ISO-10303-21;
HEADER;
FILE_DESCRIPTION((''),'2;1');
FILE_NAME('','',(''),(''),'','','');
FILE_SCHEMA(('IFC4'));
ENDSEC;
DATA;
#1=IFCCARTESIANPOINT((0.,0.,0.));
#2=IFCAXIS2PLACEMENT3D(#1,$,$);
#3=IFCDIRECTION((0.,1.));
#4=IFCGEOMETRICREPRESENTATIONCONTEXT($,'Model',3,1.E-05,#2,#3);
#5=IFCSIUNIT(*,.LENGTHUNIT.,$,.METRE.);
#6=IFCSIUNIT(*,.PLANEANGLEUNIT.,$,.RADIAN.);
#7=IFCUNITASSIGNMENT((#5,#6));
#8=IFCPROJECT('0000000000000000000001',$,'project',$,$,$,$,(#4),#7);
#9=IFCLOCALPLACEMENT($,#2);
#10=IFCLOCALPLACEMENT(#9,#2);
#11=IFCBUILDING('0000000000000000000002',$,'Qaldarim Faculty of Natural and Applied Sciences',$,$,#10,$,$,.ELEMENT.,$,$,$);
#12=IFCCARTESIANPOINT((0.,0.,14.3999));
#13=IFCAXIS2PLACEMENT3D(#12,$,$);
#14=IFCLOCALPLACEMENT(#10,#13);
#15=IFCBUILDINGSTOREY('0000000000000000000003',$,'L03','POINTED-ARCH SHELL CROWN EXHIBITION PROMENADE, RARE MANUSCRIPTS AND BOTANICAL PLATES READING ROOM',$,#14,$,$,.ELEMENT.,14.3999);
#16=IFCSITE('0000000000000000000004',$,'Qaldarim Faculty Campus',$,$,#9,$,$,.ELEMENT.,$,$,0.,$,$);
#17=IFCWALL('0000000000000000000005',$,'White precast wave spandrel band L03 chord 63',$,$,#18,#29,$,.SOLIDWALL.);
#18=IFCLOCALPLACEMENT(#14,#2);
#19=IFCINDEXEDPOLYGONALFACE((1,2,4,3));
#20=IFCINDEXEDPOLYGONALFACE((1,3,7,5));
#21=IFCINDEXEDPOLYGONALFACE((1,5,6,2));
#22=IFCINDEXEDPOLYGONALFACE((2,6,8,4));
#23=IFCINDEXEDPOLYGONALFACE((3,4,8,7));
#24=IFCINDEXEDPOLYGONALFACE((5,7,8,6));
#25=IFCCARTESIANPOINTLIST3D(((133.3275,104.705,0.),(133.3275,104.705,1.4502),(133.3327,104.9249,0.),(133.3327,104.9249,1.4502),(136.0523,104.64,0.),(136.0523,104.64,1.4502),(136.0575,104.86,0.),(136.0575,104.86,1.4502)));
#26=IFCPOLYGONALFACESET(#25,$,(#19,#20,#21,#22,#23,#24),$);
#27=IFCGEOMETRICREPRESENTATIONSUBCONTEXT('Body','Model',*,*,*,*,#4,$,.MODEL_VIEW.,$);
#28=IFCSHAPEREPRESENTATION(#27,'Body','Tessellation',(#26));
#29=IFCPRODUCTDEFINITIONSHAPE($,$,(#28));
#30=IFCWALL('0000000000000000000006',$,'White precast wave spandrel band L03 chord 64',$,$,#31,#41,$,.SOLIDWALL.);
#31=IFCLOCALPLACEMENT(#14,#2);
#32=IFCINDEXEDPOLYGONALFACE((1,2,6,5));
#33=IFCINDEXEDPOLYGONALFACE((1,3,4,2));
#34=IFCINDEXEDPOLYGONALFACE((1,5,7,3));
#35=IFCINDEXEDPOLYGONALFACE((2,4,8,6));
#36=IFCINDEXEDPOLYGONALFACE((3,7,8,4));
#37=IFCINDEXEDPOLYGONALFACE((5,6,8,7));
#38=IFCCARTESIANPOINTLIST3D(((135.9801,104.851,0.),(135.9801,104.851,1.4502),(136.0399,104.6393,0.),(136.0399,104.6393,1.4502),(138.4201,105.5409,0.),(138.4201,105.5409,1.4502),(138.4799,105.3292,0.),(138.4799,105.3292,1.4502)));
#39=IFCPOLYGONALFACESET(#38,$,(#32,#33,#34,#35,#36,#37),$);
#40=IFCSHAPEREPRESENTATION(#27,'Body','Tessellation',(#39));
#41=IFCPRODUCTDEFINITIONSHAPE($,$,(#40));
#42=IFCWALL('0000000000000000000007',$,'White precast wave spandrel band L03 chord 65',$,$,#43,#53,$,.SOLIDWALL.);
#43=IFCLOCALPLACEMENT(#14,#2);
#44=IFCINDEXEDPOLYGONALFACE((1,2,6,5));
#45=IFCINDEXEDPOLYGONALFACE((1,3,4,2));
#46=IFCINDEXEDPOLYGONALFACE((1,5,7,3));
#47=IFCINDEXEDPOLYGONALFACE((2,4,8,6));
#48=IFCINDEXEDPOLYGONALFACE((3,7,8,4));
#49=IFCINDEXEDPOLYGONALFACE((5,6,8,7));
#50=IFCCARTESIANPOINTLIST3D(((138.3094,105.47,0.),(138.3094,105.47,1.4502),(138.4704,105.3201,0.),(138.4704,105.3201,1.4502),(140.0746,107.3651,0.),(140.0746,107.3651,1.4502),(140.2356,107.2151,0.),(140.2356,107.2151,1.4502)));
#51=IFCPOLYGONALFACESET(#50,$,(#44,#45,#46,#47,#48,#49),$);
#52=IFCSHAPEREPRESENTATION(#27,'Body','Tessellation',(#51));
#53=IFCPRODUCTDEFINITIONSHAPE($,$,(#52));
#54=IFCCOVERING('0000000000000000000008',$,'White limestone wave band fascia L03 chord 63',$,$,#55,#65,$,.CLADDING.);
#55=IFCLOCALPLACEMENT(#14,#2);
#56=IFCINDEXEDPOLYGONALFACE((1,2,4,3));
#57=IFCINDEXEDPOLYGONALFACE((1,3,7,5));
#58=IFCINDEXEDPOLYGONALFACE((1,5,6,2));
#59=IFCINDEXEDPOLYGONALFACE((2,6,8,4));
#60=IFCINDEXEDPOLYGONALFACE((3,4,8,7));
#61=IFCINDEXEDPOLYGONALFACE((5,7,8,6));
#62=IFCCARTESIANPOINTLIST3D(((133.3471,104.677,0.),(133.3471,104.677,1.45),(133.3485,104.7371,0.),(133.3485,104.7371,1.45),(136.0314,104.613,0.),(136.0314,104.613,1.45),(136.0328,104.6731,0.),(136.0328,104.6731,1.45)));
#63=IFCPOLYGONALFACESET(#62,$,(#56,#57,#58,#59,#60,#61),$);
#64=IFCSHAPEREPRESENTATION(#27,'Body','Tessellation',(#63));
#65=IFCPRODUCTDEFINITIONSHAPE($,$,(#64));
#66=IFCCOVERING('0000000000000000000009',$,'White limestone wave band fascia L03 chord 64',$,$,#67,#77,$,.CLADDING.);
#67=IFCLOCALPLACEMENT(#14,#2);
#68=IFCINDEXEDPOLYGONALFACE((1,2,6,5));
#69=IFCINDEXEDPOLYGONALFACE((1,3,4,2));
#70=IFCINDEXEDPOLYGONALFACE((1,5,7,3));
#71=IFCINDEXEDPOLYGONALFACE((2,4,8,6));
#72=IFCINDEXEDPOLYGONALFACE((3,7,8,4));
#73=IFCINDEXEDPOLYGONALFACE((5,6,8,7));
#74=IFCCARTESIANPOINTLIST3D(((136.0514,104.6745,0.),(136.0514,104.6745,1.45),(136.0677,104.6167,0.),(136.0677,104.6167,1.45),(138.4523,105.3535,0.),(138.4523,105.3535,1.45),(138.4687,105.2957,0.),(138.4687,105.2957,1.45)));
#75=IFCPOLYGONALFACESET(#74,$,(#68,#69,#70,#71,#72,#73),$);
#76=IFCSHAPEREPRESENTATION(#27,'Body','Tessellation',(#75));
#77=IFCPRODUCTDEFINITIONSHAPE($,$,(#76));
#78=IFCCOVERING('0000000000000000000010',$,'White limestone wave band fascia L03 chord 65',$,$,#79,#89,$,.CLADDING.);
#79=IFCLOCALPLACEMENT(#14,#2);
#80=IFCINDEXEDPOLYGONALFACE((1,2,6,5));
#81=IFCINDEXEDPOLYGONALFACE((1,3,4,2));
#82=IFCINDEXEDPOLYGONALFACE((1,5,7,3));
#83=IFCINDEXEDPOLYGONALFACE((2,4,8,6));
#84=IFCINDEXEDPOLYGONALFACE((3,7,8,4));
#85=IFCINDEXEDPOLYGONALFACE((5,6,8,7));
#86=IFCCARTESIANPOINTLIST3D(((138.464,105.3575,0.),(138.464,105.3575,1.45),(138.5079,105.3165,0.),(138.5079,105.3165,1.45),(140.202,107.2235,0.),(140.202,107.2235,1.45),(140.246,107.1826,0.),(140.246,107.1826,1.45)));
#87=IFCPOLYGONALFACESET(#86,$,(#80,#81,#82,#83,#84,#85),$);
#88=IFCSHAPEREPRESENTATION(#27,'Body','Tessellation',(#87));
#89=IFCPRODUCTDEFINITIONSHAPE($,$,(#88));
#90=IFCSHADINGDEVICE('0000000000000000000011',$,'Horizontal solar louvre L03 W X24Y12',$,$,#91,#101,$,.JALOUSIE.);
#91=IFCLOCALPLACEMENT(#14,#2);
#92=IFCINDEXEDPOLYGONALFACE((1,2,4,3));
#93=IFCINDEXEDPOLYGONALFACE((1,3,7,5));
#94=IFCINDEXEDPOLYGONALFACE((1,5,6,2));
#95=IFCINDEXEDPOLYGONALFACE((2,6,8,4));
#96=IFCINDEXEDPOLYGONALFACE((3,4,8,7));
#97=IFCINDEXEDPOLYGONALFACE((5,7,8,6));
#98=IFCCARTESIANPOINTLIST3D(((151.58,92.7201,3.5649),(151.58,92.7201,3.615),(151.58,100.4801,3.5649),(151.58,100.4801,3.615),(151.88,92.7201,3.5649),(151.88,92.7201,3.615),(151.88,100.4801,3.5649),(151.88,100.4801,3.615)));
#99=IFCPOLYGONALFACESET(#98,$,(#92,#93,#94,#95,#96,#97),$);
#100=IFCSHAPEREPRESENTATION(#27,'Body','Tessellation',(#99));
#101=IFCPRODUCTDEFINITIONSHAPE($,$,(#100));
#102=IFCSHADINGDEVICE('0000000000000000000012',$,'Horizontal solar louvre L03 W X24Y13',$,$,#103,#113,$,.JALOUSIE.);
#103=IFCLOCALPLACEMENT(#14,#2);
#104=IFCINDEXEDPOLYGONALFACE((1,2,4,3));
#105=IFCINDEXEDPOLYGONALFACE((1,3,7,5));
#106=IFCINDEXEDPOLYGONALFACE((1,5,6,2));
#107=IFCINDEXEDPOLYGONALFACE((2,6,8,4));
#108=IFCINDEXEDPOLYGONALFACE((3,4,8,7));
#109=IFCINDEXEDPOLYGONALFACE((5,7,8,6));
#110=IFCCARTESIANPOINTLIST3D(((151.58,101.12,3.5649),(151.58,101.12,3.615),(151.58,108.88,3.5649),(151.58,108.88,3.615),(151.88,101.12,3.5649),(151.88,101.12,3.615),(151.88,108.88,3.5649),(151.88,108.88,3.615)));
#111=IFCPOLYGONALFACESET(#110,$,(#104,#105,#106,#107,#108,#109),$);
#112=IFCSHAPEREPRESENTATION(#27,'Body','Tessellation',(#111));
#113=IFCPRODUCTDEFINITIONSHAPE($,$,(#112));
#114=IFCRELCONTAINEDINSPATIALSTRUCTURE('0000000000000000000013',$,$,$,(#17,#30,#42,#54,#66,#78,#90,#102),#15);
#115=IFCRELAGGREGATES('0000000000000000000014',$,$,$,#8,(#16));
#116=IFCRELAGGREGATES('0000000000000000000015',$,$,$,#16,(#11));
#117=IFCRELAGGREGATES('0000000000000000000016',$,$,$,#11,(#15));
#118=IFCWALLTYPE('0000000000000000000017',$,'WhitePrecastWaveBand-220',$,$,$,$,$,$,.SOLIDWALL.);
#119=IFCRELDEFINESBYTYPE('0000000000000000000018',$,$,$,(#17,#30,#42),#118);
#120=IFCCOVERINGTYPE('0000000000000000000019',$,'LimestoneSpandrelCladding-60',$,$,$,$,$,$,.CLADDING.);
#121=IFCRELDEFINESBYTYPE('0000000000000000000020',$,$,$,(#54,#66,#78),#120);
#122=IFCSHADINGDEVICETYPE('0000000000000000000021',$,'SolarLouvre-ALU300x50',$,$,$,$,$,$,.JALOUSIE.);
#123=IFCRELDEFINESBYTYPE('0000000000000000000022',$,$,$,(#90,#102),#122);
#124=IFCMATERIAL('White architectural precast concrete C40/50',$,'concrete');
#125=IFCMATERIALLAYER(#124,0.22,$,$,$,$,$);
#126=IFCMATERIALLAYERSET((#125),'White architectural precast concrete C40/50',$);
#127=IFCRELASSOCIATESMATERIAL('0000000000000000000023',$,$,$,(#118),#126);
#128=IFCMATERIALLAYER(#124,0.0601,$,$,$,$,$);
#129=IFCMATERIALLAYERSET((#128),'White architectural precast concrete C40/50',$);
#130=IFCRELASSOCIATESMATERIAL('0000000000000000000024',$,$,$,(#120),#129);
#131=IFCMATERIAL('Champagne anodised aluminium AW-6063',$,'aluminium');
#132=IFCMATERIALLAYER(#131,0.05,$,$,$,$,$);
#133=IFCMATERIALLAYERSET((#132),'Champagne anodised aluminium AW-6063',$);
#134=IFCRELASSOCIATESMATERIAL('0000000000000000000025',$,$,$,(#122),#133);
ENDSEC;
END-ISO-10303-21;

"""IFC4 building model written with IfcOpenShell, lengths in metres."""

from ifc_helpers import new_model, si_unit, direction, frame, frame_2d, origin, origin_2d, place, context, subcontext, project, spatial, rectangle, extrude, material, layer, layer_set, type_object, element, save


model = new_model("IFC4")

# Units and contexts
model_context = context("Model", 3, precision=1e-05, world=origin(), true_north=direction((0.0, 1.0)))
body_context = subcontext(model_context, "Body", "Model", "MODEL_VIEW")
ifc_project = project(units=[si_unit("LENGTHUNIT", "METRE"), si_unit("PLANEANGLEUNIT", "RADIAN")], contexts=[model_context])

# Site, building, storey
site_placement = place(None, origin())
site = spatial("IfcSite", under=ifc_project, at=site_placement, Name="Qaldarim Faculty Campus", CompositionType="ELEMENT", RefElevation=0.0)
building_placement = place(site_placement, origin())
building = spatial("IfcBuilding", under=site, at=building_placement, Name="Qaldarim Faculty of Natural and Applied Sciences", CompositionType="ELEMENT")
storey_placement = place(building_placement, frame((0.0, 0.0, 14.3999)))
storey = spatial("IfcBuildingStorey", under=building, at=storey_placement, Name="L03", Description="POINTED-ARCH SHELL CROWN EXHIBITION PROMENADE, RARE MANUSCRIPTS AND BOTANICAL PLATES READING ROOM", CompositionType="ELEMENT", Elevation=14.3999)

# Walls
ifc_material_1 = material(Name="White architectural precast concrete C40/50", Category="concrete")
ifc_layer_1 = layer(ifc_material_1, 0.22)
ifc_layer_set_1 = layer_set([ifc_layer_1], Name="White architectural precast concrete C40/50")
wall_type = type_object("IfcWallType", Name="WhitePrecastWaveBand-220", PredefinedType="SOLIDWALL", material=ifc_layer_set_1)
wall_1_placement = place(storey_placement, frame((133.3301, 104.8149, 0.0), z_axis=(0.0, 0.0, 1.0), x_axis=(0.999716, -0.023826, 0.0)))
element("IfcWall", 1, at=wall_1_placement, inside=storey, type_object=wall_type, Name="White precast wave spandrel band L03 chord 63", PredefinedType="SOLIDWALL", context=body_context, shape_type="SweptSolid", body=[
    extrude(rectangle(XDim=2.7256, YDim=0.22, at=frame_2d((1.3628, 0.0))), origin(), (0.0, 0.0, 1.0), 1.4502),
])
wall_2_placement = place(storey_placement, frame((136.01, 104.7451, 0.0), z_axis=(0.0, 0.0, 1.0), x_axis=(0.962269, 0.2721, 0.0)))
element("IfcWall", 2, at=wall_2_placement, inside=storey, type_object=wall_type, Name="White precast wave spandrel band L03 chord 64", PredefinedType="SOLIDWALL", context=body_context, shape_type="SweptSolid", body=[
    extrude(rectangle(XDim=2.5356, YDim=0.22, at=frame_2d((1.2678, 0.0))), origin(), (0.0, 0.0, 1.0), 1.4502),
])
wall_3_placement = place(storey_placement, frame((138.3899, 105.395, 0.0), z_axis=(0.0, 0.0, 1.0), x_axis=(0.681586, 0.731738, 0.0)))
element("IfcWall", 3, at=wall_3_placement, inside=storey, type_object=wall_type, Name="White precast wave spandrel band L03 chord 65", PredefinedType="SOLIDWALL", context=body_context, shape_type="SweptSolid", body=[
    extrude(rectangle(XDim=2.5898, YDim=0.22, at=frame_2d((1.2949, 0.0))), origin(), (0.0, 0.0, 1.0), 1.4502),
])

# Coverings
ifc_layer_2 = layer(ifc_material_1, 0.0601)
ifc_layer_set_2 = layer_set([ifc_layer_2], Name="White architectural precast concrete C40/50")
covering_type = type_object("IfcCoveringType", Name="LimestoneSpandrelCladding-60", PredefinedType="CLADDING", material=ifc_layer_set_2)
covering_1_placement = place(storey_placement, frame((134.6899, 104.675, 0.0), z_axis=(0.0, 0.0, 1.0), x_axis=(0.999716, -0.023839, 0.0)))
element("IfcCovering", 4, at=covering_1_placement, inside=storey, type_object=covering_type, Name="White limestone wave band fascia L03 chord 63", PredefinedType="CLADDING", context=body_context, shape_type="SweptSolid", body=[
    extrude(rectangle(XDim=2.6851, YDim=0.0601, at=origin_2d()), origin(), (0.0, 0.0, 1.0), 1.45),
])
covering_2_placement = place(storey_placement, frame((137.26, 104.9851, 0.0), z_axis=(0.0, 0.0, 1.0), x_axis=(0.962266, 0.272112, 0.0)))
element("IfcCovering", 5, at=covering_2_placement, inside=storey, type_object=covering_type, Name="White limestone wave band fascia L03 chord 64", PredefinedType="CLADDING", context=body_context, shape_type="SweptSolid", body=[
    extrude(rectangle(XDim=2.4951, YDim=0.0601, at=origin_2d()), origin(), (0.0, 0.0, 1.0), 1.45),
])
covering_3_placement = place(storey_placement, frame((139.355, 106.27, 0.0), z_axis=(0.0, 0.0, 1.0), x_axis=(0.681564, 0.731758, 0.0)))
element("IfcCovering", 6, at=covering_3_placement, inside=storey, type_object=covering_type, Name="White limestone wave band fascia L03 chord 65", PredefinedType="CLADDING", context=body_context, shape_type="SweptSolid", body=[
    extrude(rectangle(XDim=2.55, YDim=0.0601, at=origin_2d()), origin(), (0.0, 0.0, 1.0), 1.45),
])

# Shading devices
ifc_material_2 = material(Name="Champagne anodised aluminium AW-6063", Category="aluminium")
ifc_layer_3 = layer(ifc_material_2, 0.05)
ifc_layer_set_3 = layer_set([ifc_layer_3], Name="Champagne anodised aluminium AW-6063")
shading_device_type = type_object("IfcShadingDeviceType", Name="SolarLouvre-ALU300x50", PredefinedType="JALOUSIE", material=ifc_layer_set_3)
for number, where, z_axis, x_axis, name in (
    (7, (151.73, 96.6001, 3.5649), (0.0, 0.0, 1.0), (0.0, 1.0, 0.0), "Horizontal solar louvre L03 W X24Y12"),
    (8, (151.73, 105.0, 3.5649), (0.0, 0.0, 1.0), (0.0, 1.0, 0.0), "Horizontal solar louvre L03 W X24Y13"),
):
    element("IfcShadingDevice", number, at=place(storey_placement, frame(where, z_axis=z_axis, x_axis=x_axis)), inside=storey, type_object=shading_device_type, Name=name, PredefinedType="JALOUSIE", context=body_context, shape_type="SweptSolid", body=[
        extrude(rectangle(XDim=7.76, YDim=0.3, at=origin_2d()), origin(), (0.0, 0.0, 1.0), 0.05),
    ])

save(model, "model.ifc")
